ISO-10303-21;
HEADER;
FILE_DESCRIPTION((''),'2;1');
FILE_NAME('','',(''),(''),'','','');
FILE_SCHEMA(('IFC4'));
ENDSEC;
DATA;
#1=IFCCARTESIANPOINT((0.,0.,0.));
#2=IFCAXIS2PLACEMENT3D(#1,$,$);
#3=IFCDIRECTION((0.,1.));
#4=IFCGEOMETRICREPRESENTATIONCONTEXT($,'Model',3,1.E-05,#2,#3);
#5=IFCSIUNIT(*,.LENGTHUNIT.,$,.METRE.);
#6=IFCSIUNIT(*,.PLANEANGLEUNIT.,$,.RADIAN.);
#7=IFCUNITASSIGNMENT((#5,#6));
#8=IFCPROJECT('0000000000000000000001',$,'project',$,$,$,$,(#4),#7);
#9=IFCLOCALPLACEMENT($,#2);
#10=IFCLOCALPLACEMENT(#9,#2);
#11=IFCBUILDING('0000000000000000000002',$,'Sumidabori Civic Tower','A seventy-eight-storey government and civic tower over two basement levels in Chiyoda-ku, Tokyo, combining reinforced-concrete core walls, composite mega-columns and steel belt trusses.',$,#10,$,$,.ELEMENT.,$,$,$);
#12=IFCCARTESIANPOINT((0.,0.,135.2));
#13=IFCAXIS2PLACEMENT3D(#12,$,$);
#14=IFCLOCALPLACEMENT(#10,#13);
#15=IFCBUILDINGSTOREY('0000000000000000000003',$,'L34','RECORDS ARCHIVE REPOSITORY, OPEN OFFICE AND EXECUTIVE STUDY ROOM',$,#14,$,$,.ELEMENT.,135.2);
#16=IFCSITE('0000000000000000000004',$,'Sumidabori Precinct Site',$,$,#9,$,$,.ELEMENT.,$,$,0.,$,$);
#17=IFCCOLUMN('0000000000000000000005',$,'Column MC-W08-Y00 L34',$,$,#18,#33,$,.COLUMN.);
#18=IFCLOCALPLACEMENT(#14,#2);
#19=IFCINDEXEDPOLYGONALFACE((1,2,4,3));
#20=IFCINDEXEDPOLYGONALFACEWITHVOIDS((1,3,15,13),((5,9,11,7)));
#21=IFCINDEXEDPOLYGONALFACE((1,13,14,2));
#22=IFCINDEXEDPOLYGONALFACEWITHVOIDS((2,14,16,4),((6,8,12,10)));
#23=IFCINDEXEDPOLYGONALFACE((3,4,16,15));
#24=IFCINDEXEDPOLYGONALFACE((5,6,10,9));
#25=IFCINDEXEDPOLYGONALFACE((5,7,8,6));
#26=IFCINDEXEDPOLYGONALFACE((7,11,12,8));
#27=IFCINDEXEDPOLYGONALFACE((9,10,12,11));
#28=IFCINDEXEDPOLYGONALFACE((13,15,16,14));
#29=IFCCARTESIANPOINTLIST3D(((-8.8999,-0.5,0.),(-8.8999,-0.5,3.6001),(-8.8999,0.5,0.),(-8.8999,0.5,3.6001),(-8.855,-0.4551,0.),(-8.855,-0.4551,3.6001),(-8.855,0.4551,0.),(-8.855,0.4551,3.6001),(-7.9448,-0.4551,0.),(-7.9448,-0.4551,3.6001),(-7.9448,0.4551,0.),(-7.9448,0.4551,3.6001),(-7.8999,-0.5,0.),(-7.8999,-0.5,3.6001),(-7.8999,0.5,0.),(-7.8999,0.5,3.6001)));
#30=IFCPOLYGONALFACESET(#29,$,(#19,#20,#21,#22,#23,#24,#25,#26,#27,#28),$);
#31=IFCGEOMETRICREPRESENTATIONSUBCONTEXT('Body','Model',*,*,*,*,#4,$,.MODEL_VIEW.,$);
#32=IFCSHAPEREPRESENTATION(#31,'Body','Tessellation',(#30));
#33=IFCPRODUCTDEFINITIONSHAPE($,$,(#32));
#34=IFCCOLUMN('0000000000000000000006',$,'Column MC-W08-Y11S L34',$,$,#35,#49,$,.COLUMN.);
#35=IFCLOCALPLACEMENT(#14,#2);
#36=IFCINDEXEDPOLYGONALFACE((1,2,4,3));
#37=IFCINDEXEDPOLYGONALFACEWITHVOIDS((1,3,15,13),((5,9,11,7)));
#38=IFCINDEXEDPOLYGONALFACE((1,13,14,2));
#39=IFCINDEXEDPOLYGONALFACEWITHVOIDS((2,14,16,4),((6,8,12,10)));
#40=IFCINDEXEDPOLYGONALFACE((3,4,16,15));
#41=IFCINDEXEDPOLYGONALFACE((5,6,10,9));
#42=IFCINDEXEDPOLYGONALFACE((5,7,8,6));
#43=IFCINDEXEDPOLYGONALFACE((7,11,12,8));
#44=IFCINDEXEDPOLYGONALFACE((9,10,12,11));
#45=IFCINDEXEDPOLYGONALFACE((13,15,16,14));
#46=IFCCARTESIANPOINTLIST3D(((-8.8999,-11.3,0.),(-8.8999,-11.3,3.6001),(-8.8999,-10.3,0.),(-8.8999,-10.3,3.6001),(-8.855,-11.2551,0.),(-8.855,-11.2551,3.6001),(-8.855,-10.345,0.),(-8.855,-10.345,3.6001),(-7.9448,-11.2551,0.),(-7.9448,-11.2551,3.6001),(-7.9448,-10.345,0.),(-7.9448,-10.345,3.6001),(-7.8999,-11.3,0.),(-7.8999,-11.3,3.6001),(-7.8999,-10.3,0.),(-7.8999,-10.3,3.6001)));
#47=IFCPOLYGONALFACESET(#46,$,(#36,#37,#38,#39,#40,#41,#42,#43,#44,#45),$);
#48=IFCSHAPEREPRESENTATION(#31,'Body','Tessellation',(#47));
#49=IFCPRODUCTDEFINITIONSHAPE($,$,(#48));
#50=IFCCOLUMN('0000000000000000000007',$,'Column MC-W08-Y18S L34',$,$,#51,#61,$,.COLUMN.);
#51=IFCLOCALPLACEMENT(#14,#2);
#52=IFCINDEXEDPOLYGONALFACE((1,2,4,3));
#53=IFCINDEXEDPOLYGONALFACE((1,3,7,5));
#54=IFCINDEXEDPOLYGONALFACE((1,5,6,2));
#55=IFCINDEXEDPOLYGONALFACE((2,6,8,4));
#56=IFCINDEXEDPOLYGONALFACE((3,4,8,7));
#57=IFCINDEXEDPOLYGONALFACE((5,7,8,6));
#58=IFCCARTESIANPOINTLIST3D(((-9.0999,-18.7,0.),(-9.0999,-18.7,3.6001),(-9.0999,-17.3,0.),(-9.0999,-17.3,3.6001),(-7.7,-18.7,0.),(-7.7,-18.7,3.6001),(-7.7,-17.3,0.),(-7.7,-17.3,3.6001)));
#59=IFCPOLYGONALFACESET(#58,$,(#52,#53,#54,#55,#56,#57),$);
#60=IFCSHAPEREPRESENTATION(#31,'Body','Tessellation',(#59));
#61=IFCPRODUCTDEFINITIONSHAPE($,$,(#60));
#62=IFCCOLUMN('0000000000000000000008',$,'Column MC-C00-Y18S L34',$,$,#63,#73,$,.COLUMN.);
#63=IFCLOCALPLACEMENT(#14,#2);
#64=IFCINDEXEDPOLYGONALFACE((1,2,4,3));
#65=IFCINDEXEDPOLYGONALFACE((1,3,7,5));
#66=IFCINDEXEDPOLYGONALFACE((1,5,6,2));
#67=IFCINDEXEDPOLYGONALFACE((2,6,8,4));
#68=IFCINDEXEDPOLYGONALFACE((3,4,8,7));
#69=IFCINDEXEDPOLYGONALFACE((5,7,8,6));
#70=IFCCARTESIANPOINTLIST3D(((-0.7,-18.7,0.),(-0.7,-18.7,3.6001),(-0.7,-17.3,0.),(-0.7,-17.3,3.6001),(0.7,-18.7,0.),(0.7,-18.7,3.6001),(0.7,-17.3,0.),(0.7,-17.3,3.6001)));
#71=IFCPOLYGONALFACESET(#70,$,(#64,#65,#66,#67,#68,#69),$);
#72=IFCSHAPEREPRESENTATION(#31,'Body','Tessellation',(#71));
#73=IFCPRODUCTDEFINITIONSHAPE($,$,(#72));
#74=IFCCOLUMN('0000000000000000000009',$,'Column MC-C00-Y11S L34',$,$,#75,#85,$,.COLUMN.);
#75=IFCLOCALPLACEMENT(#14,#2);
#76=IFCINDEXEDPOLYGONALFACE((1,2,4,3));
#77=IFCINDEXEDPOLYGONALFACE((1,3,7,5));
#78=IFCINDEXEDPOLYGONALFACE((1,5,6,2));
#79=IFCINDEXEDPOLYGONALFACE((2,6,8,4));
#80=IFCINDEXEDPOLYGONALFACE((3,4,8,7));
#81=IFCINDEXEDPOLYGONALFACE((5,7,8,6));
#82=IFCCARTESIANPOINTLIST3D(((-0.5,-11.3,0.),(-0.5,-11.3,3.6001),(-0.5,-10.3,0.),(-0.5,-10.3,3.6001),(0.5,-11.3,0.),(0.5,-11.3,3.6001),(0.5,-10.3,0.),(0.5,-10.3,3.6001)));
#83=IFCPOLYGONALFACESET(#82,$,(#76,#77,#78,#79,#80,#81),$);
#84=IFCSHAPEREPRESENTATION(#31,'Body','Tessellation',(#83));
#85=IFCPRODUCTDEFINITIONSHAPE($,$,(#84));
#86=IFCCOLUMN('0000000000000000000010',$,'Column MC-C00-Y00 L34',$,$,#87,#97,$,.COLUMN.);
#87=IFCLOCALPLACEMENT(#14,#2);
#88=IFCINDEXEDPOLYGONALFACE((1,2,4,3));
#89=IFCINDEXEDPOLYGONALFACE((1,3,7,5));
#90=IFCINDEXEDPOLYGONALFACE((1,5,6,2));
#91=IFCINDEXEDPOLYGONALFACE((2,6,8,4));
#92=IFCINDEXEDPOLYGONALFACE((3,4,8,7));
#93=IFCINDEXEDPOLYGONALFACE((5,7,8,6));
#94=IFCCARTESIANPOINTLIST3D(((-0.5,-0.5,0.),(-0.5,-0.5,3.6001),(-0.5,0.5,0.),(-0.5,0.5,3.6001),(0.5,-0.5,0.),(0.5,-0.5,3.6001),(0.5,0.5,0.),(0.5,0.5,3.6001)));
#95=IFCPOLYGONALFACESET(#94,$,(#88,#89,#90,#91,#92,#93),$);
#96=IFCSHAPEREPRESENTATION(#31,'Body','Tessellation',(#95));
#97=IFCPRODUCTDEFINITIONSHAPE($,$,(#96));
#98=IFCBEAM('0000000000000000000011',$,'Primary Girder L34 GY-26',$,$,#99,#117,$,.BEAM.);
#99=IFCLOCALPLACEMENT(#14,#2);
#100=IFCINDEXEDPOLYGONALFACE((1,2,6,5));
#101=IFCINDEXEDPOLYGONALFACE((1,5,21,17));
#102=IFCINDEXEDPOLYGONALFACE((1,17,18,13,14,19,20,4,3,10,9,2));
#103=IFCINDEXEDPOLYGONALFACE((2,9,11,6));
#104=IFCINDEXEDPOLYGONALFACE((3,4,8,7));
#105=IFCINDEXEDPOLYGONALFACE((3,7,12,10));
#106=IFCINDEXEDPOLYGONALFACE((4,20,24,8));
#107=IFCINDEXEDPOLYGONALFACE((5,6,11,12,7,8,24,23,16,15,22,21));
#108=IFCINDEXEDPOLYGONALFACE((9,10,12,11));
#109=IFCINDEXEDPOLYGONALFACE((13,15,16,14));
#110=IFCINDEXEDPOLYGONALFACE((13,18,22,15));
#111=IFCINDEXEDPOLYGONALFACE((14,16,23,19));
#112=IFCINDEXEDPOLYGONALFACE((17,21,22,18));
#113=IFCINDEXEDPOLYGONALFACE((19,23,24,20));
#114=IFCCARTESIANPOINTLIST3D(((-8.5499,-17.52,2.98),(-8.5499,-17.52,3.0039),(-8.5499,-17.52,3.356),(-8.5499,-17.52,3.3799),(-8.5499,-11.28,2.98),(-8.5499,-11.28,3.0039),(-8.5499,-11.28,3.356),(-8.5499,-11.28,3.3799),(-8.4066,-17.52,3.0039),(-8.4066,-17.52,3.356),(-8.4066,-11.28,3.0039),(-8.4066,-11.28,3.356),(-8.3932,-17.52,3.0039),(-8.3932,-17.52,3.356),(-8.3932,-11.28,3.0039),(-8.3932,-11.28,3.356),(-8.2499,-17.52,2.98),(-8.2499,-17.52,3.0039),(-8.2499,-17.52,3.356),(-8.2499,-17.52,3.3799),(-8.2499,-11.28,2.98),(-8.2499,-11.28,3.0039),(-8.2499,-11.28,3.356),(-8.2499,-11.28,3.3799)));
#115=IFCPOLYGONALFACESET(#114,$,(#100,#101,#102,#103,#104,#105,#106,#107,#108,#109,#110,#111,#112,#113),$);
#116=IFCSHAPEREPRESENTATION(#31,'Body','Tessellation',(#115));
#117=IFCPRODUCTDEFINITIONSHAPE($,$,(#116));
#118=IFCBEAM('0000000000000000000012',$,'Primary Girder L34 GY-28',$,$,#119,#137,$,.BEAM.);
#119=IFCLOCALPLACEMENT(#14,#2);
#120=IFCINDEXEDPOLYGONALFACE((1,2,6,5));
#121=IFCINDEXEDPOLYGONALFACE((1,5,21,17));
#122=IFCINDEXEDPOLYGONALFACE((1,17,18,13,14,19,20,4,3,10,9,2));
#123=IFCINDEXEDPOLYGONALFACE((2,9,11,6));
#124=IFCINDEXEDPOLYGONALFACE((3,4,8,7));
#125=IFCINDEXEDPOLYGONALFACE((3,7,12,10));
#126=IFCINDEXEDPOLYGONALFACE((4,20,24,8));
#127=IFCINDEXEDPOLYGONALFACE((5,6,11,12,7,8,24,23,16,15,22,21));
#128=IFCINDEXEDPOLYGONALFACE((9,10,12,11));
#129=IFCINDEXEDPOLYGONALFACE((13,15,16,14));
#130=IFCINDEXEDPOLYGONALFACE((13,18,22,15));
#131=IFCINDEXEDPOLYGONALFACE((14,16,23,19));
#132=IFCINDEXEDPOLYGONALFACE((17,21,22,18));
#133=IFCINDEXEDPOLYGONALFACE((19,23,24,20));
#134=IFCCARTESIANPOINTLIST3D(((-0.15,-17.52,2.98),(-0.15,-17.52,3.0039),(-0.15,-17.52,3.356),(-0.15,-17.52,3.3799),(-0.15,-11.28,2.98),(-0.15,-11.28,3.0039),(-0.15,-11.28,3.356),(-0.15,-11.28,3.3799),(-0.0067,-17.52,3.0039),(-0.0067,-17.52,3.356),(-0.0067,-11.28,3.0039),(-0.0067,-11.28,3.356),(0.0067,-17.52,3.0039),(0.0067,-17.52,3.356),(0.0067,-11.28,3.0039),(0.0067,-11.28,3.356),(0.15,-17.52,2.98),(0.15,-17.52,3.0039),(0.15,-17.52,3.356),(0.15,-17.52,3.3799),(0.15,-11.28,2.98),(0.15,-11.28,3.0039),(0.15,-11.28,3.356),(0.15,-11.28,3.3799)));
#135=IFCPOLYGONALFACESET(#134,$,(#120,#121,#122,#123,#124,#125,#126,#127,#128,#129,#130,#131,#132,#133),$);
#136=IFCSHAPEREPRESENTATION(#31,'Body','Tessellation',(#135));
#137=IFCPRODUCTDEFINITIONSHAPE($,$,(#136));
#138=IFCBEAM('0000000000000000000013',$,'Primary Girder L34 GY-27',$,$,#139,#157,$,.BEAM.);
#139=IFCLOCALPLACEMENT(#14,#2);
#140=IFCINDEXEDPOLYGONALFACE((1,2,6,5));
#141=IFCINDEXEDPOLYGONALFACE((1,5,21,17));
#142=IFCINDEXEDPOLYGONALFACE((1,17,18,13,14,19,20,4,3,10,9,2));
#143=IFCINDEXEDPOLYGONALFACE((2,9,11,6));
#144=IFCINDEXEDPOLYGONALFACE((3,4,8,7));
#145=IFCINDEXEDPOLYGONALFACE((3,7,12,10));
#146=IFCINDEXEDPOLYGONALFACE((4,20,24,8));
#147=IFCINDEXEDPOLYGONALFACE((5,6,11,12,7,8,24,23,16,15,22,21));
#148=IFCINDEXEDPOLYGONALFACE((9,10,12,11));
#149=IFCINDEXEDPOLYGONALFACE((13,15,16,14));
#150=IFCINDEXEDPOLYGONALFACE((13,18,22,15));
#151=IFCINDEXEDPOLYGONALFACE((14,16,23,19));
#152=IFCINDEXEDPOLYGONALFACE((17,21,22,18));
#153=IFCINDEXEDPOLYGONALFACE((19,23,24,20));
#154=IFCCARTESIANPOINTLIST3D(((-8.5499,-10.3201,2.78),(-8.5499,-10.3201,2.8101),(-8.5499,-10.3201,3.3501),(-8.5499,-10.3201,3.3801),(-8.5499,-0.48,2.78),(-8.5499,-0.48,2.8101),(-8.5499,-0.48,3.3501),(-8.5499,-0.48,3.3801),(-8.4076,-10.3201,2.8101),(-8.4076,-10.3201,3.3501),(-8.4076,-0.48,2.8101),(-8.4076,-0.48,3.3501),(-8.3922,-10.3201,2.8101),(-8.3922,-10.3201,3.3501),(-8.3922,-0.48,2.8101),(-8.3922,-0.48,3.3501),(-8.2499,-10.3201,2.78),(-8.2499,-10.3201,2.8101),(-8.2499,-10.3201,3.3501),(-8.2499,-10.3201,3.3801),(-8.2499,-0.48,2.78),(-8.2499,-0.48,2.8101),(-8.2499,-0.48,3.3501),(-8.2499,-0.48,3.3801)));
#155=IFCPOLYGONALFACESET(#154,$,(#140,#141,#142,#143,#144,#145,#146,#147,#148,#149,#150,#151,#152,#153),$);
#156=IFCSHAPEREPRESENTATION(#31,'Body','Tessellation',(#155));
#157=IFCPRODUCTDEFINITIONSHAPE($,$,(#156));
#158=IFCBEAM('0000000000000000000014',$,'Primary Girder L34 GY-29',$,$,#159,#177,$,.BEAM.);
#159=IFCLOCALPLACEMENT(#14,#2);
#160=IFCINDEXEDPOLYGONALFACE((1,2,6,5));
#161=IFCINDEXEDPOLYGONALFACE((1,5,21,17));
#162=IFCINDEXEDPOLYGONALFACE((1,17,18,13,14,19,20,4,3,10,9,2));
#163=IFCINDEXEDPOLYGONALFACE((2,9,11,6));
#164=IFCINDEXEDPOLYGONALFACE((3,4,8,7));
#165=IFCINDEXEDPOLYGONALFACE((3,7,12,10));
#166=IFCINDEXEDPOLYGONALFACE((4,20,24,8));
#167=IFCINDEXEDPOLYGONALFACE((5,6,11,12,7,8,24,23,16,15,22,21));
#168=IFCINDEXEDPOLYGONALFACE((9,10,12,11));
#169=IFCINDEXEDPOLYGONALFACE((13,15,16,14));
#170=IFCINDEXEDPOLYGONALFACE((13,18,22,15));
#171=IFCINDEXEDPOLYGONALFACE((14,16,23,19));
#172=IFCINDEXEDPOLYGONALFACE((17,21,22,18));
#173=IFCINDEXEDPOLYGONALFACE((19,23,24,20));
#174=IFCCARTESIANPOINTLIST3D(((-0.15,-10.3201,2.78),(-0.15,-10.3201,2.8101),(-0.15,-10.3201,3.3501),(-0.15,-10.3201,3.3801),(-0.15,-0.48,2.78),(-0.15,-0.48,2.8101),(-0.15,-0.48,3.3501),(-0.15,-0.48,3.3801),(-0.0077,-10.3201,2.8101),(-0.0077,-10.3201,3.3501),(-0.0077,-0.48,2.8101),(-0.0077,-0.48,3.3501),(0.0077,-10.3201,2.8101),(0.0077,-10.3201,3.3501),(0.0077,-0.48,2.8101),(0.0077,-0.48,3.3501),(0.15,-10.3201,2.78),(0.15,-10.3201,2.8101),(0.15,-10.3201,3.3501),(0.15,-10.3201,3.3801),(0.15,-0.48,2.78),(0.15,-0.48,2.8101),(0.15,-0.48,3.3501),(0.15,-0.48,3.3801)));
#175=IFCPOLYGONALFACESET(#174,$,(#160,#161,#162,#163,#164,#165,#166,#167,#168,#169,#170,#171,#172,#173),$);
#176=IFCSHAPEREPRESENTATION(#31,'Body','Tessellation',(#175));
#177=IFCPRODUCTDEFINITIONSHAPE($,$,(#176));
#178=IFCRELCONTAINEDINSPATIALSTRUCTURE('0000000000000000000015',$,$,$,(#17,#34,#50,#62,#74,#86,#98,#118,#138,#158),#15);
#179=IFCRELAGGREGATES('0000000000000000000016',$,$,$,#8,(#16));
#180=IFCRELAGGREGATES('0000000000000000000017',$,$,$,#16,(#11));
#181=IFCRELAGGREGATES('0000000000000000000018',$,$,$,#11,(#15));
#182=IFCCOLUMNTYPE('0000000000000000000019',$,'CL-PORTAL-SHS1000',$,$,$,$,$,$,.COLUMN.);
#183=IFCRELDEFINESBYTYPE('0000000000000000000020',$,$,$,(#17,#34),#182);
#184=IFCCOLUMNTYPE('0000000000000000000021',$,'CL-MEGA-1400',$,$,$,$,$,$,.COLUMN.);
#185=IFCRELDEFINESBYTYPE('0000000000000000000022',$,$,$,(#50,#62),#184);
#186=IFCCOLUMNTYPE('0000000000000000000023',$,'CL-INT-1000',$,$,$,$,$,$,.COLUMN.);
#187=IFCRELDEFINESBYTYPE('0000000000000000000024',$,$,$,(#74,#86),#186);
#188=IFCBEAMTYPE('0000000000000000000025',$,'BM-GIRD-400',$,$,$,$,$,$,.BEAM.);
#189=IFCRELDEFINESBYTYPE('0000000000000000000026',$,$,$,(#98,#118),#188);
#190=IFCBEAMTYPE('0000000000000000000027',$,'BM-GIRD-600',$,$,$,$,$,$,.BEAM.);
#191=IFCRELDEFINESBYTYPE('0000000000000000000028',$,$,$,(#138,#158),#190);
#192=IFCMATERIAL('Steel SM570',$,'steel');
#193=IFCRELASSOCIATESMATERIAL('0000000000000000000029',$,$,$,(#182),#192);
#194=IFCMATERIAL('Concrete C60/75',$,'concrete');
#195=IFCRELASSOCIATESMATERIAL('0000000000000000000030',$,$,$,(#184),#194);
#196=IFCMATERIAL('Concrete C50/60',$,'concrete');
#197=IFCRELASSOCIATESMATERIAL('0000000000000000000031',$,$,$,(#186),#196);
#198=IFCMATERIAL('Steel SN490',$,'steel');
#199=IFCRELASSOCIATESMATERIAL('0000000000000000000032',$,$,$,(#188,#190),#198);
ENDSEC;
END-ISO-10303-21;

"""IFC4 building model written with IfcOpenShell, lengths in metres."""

from ifc_helpers import new_model, si_unit, direction, frame, origin, origin_2d, place, context, subcontext, project, spatial, rectangle, hollow_rectangle, i_section, extrude, source, transform, mapped, material, material_profile, profile_set, type_object, element, save


model = new_model("IFC4")

# Units and contexts
model_context = context("Model", 3, precision=1e-05, world=origin(), true_north=direction((0.0, 1.0)))
body_context = subcontext(model_context, "Body", "Model", "MODEL_VIEW")
ifc_project = project(units=[si_unit("LENGTHUNIT", "METRE"), si_unit("PLANEANGLEUNIT", "RADIAN")], contexts=[model_context])

# Site, building, storey
site_placement = place(None, origin())
site = spatial("IfcSite", under=ifc_project, at=site_placement, Name="Sumidabori Precinct Site", CompositionType="ELEMENT", RefElevation=0.0)
building_placement = place(site_placement, origin())
building = spatial("IfcBuilding", under=site, at=building_placement, Name="Sumidabori Civic Tower", Description="A seventy-eight-storey government and civic tower over two basement levels in Chiyoda-ku, Tokyo, combining reinforced-concrete core walls, composite mega-columns and steel belt trusses.", CompositionType="ELEMENT")
storey_placement = place(building_placement, frame((0.0, 0.0, 135.2)))
storey = spatial("IfcBuildingStorey", under=building, at=storey_placement, Name="L34", Description="RECORDS ARCHIVE REPOSITORY, OPEN OFFICE AND EXECUTIVE STUDY ROOM", CompositionType="ELEMENT", Elevation=135.2)

# Columns
ifc_material_1 = material(Name="Steel SM570", Category="steel")
ifc_material_profile_1 = material_profile(ifc_material_1, hollow_rectangle(XDim=1.0, YDim=1.0, WallThickness=0.0449, at=origin_2d()), Name="SHS 1000x1000x45")
ifc_profile_set_1 = profile_set([ifc_material_profile_1], Name="Steel SM570")
column_type_1 = type_object("IfcColumnType", Name="CL-PORTAL-SHS1000", PredefinedType="COLUMN", material=ifc_profile_set_1)
shared_shape_1 = source(origin(), body_context, "Body", "SweptSolid", [
    extrude(hollow_rectangle(XDim=1.0, YDim=1.0, WallThickness=0.0449, at=origin_2d()), origin(), (0.0, 0.0, 1.0), 3.6001),
])
for number, where, z_axis, x_axis, name in (
    (1, (-8.3999, 0.0, 0.0), (0.0, 0.0, 1.0), (1.0, 0.0, 0.0), "Column MC-W08-Y00 L34"),
    (2, (-8.3999, -10.8, 0.0), (0.0, 0.0, 1.0), (1.0, 0.0, 0.0), "Column MC-W08-Y11S L34"),
):
    element("IfcColumn", number, at=place(storey_placement, frame(where, z_axis=z_axis, x_axis=x_axis)), inside=storey, type_object=column_type_1, Name=name, PredefinedType="COLUMN", context=body_context, shape_type="MappedRepresentation", body=[
        mapped(shared_shape_1, transform((0.0, 0.0, 0.0), x_axis=(1.0, 0.0, 0.0), y_axis=(0.0, 1.0, 0.0), z_axis=(0.0, 0.0, 1.0), scale=1.0)),
    ])
ifc_material_2 = material(Name="Concrete C60/75", Category="concrete")
ifc_material_profile_2 = material_profile(ifc_material_2, rectangle(XDim=1.3999, YDim=1.3999, at=origin_2d()), Name="RC 1400x1400")
ifc_profile_set_2 = profile_set([ifc_material_profile_2], Name="Concrete C60/75")
column_type_2 = type_object("IfcColumnType", Name="CL-MEGA-1400", PredefinedType="COLUMN", material=ifc_profile_set_2)
shared_shape_2 = source(origin(), body_context, "Body", "SweptSolid", [
    extrude(rectangle(XDim=1.3999, YDim=1.3999, at=origin_2d()), origin(), (0.0, 0.0, 1.0), 3.6001),
])
for number, where, z_axis, x_axis, name in (
    (3, (-8.3999, -18.0, 0.0), (0.0, 0.0, 1.0), (1.0, 0.0, 0.0), "Column MC-W08-Y18S L34"),
    (4, (0.0, -18.0, 0.0), (0.0, 0.0, 1.0), (1.0, 0.0, 0.0), "Column MC-C00-Y18S L34"),
):
    element("IfcColumn", number, at=place(storey_placement, frame(where, z_axis=z_axis, x_axis=x_axis)), inside=storey, type_object=column_type_2, Name=name, PredefinedType="COLUMN", context=body_context, shape_type="MappedRepresentation", body=[
        mapped(shared_shape_2, transform((0.0, 0.0, 0.0), x_axis=(1.0, 0.0, 0.0), y_axis=(0.0, 1.0, 0.0), z_axis=(0.0, 0.0, 1.0), scale=1.0)),
    ])
ifc_material_3 = material(Name="Concrete C50/60", Category="concrete")
ifc_material_profile_3 = material_profile(ifc_material_3, rectangle(XDim=1.0, YDim=1.0, at=origin_2d()), Name="RC 1000x1000")
ifc_profile_set_3 = profile_set([ifc_material_profile_3], Name="Concrete C50/60")
column_type_3 = type_object("IfcColumnType", Name="CL-INT-1000", PredefinedType="COLUMN", material=ifc_profile_set_3)
shared_shape_3 = source(origin(), body_context, "Body", "SweptSolid", [
    extrude(rectangle(XDim=1.0, YDim=1.0, at=origin_2d()), origin(), (0.0, 0.0, 1.0), 3.6001),
])
for number, where, z_axis, x_axis, name in (
    (5, (0.0, -10.8, 0.0), (0.0, 0.0, 1.0), (1.0, 0.0, 0.0), "Column MC-C00-Y11S L34"),
    (6, (0.0, 0.0, 0.0), (0.0, 0.0, 1.0), (1.0, 0.0, 0.0), "Column MC-C00-Y00 L34"),
):
    element("IfcColumn", number, at=place(storey_placement, frame(where, z_axis=z_axis, x_axis=x_axis)), inside=storey, type_object=column_type_3, Name=name, PredefinedType="COLUMN", context=body_context, shape_type="MappedRepresentation", body=[
        mapped(shared_shape_3, transform((0.0, 0.0, 0.0), x_axis=(1.0, 0.0, 0.0), y_axis=(0.0, 1.0, 0.0), z_axis=(0.0, 0.0, 1.0), scale=1.0)),
    ])

# Beams
ifc_material_4 = material(Name="Steel SN490", Category="steel")
ifc_material_profile_4 = material_profile(ifc_material_4, i_section(OverallWidth=0.3, OverallDepth=0.3999, WebThickness=0.0134, FlangeThickness=0.0239, at=origin_2d()), Name="HE 400 B")
ifc_profile_set_4 = profile_set([ifc_material_profile_4], Name="Steel SN490")
beam_type_1 = type_object("IfcBeamType", Name="BM-GIRD-400", PredefinedType="BEAM", material=ifc_profile_set_4)
shared_shape_4 = source(origin(), body_context, "Body", "SweptSolid", [
    extrude(i_section(OverallWidth=0.3, OverallDepth=0.3999, WebThickness=0.0134, FlangeThickness=0.0239, at=origin_2d()), origin(), (0.0, 0.0, 1.0), 6.24),
])
for number, where, z_axis, x_axis, name in (
    (7, (-8.3999, -17.52, 3.1799), (0.0, 1.0, 0.0), (-1.0, 0.0, 0.0), "Primary Girder L34 GY-26"),
    (8, (0.0, -17.52, 3.1799), (0.0, 1.0, 0.0), (-1.0, 0.0, 0.0), "Primary Girder L34 GY-28"),
):
    element("IfcBeam", number, at=place(storey_placement, frame(where, z_axis=z_axis, x_axis=x_axis)), inside=storey, type_object=beam_type_1, Name=name, PredefinedType="BEAM", context=body_context, shape_type="MappedRepresentation", body=[
        mapped(shared_shape_4, transform((0.0, 0.0, 0.0), x_axis=(1.0, 0.0, 0.0), y_axis=(0.0, 1.0, 0.0), z_axis=(0.0, 0.0, 1.0), scale=1.0)),
    ])
ifc_material_profile_5 = material_profile(ifc_material_4, i_section(OverallWidth=0.3, OverallDepth=0.6001, WebThickness=0.0154, FlangeThickness=0.03, at=origin_2d()), Name="HE 600 B")
ifc_profile_set_5 = profile_set([ifc_material_profile_5], Name="Steel SN490")
beam_type_2 = type_object("IfcBeamType", Name="BM-GIRD-600", PredefinedType="BEAM", material=ifc_profile_set_5)
shared_shape_5 = source(origin(), body_context, "Body", "SweptSolid", [
    extrude(i_section(OverallWidth=0.3, OverallDepth=0.6001, WebThickness=0.0154, FlangeThickness=0.03, at=origin_2d()), origin(), (0.0, 0.0, 1.0), 9.8401),
])
for number, where, z_axis, x_axis, name in (
    (9, (-8.3999, -10.3201, 3.0801), (0.0, 1.0, 0.0), (-1.0, 0.0, 0.0), "Primary Girder L34 GY-27"),
    (10, (0.0, -10.3201, 3.0801), (0.0, 1.0, 0.0), (-1.0, 0.0, 0.0), "Primary Girder L34 GY-29"),
):
    element("IfcBeam", number, at=place(storey_placement, frame(where, z_axis=z_axis, x_axis=x_axis)), inside=storey, type_object=beam_type_2, Name=name, PredefinedType="BEAM", context=body_context, shape_type="MappedRepresentation", body=[
        mapped(shared_shape_5, transform((0.0, 0.0, 0.0), x_axis=(1.0, 0.0, 0.0), y_axis=(0.0, 1.0, 0.0), z_axis=(0.0, 0.0, 1.0), scale=1.0)),
    ])

save(model, "model.ifc")
